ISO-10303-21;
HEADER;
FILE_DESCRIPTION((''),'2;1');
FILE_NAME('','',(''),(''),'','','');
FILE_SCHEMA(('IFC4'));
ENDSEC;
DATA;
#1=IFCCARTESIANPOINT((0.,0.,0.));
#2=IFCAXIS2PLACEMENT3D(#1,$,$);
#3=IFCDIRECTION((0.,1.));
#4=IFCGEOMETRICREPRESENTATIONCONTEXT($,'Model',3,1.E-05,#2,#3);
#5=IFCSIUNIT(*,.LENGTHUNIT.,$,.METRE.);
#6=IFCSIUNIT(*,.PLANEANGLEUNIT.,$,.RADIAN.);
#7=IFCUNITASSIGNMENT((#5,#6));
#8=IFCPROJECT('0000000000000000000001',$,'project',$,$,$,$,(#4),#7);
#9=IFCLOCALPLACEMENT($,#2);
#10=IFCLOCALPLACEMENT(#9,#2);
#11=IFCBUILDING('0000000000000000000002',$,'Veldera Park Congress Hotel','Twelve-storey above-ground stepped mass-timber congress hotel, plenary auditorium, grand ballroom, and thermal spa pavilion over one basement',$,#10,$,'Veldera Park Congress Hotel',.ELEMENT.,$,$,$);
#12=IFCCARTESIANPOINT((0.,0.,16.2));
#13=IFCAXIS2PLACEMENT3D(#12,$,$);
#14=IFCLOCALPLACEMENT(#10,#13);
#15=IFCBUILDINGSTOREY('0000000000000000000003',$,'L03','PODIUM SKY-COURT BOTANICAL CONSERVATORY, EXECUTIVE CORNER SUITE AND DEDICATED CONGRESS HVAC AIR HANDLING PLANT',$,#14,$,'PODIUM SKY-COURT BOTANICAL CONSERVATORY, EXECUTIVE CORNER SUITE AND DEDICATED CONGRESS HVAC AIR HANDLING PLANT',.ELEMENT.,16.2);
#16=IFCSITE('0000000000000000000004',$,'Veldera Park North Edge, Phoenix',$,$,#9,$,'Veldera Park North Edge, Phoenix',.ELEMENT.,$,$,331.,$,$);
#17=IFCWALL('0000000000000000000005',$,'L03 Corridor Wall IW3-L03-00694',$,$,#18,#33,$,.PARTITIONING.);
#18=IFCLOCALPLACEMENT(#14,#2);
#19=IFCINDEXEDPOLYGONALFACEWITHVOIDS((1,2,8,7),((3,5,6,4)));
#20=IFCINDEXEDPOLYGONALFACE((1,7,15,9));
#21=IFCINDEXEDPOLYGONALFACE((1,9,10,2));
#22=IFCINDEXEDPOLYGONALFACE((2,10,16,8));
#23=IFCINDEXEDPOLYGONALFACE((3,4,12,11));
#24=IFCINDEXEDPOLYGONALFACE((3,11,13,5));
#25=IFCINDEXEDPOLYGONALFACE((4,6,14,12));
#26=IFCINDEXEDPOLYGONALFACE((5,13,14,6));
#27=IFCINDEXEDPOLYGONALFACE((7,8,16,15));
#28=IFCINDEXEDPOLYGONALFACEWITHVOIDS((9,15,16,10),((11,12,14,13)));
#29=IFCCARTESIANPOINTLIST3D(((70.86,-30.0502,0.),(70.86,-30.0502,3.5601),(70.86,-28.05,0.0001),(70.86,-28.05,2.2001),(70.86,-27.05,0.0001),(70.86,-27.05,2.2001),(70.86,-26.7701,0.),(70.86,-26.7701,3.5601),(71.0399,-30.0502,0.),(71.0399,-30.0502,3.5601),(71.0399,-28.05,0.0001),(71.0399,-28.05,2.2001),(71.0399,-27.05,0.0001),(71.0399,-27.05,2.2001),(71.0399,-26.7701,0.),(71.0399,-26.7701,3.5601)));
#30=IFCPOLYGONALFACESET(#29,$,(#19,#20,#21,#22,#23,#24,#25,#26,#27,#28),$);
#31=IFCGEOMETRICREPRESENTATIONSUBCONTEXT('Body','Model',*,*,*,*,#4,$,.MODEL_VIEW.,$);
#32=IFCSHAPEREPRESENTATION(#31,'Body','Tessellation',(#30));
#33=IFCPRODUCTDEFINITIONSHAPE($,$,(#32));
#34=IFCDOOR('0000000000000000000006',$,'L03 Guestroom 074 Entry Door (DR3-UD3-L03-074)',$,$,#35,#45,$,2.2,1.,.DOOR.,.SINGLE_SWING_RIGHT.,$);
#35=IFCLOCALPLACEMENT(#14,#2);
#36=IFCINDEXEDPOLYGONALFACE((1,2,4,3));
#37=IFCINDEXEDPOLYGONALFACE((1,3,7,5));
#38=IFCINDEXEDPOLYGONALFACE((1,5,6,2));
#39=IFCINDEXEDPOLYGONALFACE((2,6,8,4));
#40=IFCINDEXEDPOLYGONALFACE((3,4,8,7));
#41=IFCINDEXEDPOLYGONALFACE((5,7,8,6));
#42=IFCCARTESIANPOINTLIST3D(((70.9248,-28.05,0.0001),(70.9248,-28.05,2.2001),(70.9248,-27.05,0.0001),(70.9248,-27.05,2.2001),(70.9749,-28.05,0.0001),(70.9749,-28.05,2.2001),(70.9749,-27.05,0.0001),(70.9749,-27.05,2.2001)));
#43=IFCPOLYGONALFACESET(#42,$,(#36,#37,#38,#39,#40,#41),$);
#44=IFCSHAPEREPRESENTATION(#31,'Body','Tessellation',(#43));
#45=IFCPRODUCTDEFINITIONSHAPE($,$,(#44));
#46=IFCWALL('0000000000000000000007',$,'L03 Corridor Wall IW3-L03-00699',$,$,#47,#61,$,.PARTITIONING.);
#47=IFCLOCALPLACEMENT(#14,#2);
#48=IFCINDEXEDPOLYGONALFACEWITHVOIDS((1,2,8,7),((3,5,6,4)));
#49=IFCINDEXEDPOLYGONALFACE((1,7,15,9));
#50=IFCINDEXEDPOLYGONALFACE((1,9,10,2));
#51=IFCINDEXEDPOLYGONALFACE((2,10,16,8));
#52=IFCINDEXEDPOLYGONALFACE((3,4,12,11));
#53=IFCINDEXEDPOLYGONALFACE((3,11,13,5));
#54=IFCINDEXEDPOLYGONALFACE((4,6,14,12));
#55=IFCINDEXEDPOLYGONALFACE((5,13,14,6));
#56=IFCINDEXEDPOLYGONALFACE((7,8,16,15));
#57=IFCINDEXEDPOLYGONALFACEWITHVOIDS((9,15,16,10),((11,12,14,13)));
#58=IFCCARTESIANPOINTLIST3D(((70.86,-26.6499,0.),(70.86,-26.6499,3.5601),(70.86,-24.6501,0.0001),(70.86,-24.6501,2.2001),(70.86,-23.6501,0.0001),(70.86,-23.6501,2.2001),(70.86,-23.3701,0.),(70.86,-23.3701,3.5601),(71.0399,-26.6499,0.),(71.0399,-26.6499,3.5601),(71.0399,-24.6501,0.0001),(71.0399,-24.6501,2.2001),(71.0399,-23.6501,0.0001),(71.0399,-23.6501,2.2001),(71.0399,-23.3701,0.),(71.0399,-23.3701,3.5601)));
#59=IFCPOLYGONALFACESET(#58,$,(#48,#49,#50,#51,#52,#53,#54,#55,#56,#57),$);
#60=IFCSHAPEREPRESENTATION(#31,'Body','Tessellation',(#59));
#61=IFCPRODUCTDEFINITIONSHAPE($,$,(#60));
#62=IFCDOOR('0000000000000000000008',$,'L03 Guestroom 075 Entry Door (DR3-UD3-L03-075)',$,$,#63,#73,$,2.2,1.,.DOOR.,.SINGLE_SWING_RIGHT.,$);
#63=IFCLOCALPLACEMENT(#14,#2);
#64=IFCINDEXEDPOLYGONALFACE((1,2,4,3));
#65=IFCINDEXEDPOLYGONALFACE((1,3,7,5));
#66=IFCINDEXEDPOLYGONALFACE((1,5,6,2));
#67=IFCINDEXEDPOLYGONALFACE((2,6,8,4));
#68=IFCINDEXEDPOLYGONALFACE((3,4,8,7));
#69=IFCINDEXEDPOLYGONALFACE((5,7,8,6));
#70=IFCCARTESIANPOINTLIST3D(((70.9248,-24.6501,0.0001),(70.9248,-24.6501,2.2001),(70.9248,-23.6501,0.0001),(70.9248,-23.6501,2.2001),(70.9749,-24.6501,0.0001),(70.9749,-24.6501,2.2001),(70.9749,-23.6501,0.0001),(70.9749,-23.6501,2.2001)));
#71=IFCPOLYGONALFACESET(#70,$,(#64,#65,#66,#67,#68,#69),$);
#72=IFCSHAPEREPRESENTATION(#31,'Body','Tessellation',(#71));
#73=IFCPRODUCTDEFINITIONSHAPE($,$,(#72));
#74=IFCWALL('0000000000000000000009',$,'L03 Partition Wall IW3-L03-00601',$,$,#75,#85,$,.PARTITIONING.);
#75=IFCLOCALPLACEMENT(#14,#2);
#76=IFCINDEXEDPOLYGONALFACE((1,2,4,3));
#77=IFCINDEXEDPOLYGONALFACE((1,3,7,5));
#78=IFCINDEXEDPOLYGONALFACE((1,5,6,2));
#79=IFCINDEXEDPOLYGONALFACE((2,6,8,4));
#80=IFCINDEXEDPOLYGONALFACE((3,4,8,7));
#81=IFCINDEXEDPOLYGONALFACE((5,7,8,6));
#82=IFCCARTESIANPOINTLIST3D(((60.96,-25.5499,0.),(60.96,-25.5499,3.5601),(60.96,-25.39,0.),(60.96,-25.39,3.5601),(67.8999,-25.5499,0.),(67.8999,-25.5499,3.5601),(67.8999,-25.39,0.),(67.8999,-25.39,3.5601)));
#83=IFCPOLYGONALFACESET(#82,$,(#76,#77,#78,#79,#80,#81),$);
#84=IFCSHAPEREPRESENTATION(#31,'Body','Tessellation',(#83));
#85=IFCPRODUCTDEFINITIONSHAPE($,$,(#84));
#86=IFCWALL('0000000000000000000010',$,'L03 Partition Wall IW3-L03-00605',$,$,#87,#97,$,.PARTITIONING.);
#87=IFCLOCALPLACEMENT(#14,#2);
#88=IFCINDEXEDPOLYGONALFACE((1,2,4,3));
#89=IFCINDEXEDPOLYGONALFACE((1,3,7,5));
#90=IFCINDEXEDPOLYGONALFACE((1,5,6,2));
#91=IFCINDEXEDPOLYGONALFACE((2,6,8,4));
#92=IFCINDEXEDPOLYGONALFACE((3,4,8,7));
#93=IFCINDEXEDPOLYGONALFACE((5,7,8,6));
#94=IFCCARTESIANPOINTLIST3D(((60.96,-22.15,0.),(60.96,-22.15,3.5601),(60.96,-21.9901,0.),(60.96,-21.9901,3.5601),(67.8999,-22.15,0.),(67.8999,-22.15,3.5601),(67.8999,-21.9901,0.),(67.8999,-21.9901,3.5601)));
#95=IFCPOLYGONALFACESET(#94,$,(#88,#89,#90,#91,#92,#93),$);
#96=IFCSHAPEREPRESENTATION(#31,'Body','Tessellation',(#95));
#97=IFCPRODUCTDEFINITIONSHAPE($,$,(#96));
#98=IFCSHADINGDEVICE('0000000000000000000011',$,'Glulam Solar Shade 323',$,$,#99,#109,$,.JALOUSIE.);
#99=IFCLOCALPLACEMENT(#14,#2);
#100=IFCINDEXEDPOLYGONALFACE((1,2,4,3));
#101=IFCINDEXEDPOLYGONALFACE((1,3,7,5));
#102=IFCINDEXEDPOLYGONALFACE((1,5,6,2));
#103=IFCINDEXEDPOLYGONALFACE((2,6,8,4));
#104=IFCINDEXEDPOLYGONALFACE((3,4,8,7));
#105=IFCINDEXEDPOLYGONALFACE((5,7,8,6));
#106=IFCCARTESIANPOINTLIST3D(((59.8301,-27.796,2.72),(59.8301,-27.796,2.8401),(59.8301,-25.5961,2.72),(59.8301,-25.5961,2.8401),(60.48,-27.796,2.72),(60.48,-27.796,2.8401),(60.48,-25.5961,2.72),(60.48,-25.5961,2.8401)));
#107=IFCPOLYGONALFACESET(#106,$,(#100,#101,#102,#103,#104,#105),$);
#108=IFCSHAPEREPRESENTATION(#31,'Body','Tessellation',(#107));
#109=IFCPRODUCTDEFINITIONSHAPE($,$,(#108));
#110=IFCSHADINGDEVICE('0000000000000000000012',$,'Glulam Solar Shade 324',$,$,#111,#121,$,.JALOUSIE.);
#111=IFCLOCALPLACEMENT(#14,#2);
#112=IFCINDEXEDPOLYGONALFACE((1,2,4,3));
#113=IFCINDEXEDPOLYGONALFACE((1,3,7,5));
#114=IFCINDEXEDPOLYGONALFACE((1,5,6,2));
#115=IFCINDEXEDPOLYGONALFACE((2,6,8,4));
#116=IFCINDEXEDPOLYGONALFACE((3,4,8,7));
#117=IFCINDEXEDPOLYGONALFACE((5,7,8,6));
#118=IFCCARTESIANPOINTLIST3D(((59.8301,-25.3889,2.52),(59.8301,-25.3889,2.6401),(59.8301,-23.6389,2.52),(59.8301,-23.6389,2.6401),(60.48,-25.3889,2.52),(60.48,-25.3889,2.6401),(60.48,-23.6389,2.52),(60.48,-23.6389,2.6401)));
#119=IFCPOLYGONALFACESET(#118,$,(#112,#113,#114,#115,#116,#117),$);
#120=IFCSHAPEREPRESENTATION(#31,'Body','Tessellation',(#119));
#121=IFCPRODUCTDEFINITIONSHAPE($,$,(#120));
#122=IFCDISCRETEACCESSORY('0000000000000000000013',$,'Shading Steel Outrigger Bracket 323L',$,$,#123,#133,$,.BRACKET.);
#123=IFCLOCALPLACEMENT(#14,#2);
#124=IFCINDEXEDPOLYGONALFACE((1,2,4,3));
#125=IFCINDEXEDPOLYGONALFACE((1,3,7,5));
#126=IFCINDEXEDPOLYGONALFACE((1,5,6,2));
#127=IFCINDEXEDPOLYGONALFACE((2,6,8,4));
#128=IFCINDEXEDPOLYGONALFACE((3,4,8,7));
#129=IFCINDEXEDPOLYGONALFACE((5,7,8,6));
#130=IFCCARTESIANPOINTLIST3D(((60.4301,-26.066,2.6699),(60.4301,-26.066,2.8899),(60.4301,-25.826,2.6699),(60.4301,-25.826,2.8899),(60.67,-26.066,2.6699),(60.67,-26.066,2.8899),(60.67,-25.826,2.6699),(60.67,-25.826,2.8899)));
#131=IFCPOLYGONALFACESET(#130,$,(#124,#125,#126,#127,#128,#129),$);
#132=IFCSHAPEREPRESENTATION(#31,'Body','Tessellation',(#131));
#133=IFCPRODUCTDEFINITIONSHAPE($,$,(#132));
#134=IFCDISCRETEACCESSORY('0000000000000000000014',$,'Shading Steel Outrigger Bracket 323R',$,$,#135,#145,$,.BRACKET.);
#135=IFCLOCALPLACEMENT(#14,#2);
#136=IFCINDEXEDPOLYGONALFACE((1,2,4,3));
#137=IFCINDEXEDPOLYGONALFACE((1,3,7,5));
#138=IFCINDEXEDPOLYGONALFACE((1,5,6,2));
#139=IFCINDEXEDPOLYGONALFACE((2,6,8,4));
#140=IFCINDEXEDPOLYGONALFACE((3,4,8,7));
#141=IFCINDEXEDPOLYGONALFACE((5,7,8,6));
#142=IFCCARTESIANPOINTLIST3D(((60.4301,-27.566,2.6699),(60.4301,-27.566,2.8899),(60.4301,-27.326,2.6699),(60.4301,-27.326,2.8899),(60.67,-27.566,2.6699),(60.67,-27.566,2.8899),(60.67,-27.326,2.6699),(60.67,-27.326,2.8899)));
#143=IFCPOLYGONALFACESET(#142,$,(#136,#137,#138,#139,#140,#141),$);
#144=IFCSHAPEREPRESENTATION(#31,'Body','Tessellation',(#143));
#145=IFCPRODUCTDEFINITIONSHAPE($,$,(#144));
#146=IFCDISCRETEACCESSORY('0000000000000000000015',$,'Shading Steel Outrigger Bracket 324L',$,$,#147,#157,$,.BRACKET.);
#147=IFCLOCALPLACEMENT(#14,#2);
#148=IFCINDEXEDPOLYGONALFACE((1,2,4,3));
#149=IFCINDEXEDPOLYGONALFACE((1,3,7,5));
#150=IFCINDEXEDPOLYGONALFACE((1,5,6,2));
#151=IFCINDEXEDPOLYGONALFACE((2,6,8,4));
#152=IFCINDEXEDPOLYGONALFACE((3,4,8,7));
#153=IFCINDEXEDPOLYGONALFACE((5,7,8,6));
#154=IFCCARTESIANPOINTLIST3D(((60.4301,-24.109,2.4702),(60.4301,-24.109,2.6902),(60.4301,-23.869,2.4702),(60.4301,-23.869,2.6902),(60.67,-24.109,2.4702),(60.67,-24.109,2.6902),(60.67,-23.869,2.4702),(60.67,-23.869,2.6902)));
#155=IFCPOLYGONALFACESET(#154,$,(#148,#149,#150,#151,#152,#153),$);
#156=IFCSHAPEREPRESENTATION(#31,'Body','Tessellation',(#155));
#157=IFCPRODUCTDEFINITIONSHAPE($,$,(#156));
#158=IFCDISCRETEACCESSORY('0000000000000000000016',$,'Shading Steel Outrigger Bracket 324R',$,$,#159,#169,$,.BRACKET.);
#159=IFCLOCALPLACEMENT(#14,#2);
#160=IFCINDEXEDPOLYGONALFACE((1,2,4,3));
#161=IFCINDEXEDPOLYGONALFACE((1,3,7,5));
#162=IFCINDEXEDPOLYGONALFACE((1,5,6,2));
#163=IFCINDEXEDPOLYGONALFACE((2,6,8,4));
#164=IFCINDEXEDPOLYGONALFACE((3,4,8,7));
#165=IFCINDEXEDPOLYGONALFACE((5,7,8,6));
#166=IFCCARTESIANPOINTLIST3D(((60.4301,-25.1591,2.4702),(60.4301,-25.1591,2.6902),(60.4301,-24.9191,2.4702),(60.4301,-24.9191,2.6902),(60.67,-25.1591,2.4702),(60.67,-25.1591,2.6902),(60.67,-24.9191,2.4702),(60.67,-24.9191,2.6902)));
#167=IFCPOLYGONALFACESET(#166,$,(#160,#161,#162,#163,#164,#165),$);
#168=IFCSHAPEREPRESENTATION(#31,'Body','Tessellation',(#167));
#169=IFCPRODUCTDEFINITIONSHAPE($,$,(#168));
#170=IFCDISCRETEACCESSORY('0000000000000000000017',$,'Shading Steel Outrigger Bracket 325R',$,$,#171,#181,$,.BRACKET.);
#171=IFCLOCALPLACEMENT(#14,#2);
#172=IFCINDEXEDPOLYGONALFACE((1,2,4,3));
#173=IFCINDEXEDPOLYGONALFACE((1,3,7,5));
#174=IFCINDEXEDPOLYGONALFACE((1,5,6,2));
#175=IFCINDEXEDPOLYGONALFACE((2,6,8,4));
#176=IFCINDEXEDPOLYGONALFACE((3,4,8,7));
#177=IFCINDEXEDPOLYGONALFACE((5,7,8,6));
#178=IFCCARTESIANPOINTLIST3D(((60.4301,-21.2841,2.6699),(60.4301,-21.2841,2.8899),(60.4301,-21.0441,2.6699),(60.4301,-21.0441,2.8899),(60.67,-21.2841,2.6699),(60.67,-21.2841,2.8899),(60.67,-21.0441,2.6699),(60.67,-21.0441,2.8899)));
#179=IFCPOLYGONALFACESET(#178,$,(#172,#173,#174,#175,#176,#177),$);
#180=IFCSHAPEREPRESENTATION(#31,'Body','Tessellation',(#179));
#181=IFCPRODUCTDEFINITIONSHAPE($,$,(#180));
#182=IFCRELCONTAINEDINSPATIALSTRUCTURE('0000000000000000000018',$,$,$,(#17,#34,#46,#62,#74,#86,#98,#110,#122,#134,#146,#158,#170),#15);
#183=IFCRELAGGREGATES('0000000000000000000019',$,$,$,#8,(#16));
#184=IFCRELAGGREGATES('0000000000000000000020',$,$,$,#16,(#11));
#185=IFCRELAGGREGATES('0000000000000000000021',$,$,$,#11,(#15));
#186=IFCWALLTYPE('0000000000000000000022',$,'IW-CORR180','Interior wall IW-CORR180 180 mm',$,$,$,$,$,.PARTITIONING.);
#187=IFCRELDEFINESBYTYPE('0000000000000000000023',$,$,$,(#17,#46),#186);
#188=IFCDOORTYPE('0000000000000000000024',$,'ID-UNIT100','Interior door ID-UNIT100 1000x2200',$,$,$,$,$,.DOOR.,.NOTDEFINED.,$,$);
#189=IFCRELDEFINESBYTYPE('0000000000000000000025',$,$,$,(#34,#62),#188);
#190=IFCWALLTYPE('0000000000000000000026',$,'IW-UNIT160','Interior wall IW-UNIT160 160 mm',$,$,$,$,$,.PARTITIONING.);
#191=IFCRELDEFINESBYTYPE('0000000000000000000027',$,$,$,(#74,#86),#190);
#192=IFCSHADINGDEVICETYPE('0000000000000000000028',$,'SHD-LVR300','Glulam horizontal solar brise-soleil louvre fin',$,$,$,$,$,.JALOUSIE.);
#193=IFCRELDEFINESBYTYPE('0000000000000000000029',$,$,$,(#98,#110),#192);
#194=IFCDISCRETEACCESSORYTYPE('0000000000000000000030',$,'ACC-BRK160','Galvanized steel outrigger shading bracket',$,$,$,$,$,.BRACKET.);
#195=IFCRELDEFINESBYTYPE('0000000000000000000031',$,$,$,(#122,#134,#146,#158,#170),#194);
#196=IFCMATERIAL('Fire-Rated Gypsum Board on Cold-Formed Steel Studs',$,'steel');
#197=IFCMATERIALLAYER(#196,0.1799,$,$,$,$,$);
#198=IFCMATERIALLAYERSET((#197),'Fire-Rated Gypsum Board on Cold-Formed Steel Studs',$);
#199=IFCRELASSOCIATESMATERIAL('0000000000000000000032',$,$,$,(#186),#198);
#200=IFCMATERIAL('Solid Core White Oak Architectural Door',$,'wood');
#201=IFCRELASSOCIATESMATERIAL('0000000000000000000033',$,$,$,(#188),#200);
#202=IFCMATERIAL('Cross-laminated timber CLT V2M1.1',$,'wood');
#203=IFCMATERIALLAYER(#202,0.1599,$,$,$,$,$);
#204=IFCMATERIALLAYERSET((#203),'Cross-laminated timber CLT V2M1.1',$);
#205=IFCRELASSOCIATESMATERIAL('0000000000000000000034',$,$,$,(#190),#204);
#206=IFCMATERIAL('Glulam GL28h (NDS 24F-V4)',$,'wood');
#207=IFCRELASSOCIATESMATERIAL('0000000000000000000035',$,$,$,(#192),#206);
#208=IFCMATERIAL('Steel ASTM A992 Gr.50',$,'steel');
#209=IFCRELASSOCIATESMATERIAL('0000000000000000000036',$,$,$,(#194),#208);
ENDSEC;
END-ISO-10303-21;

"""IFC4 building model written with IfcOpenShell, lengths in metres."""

from ifc_helpers import new_model, si_unit, direction, frame, frame_2d, origin, origin_2d, place, context, subcontext, project, spatial, rectangle, extrude, material, layer, layer_set, type_object, element, fill, save


model = new_model("IFC4")

# Units and contexts
model_context = context("Model", 3, precision=1e-05, world=origin(), true_north=direction((0.0, 1.0)))
body_context = subcontext(model_context, "Body", "Model", "MODEL_VIEW")
ifc_project = project(units=[si_unit("LENGTHUNIT", "METRE"), si_unit("PLANEANGLEUNIT", "RADIAN")], contexts=[model_context])

# Site, building, storey
site_placement = place(None, origin())
site = spatial("IfcSite", under=ifc_project, at=site_placement, Name="Veldera Park North Edge, Phoenix", LongName="Veldera Park North Edge, Phoenix", CompositionType="ELEMENT", RefElevation=331.0)
building_placement = place(site_placement, origin())
building = spatial("IfcBuilding", under=site, at=building_placement, Name="Veldera Park Congress Hotel", Description="Twelve-storey above-ground stepped mass-timber congress hotel, plenary auditorium, grand ballroom, and thermal spa pavilion over one basement", LongName="Veldera Park Congress Hotel", CompositionType="ELEMENT")
storey_placement = place(building_placement, frame((0.0, 0.0, 16.2)))
storey = spatial("IfcBuildingStorey", under=building, at=storey_placement, Name="L03", Description="PODIUM SKY-COURT BOTANICAL CONSERVATORY, EXECUTIVE CORNER SUITE AND DEDICATED CONGRESS HVAC AIR HANDLING PLANT", LongName="PODIUM SKY-COURT BOTANICAL CONSERVATORY, EXECUTIVE CORNER SUITE AND DEDICATED CONGRESS HVAC AIR HANDLING PLANT", CompositionType="ELEMENT", Elevation=16.2)

# Shared definitions
ifc_material_1 = material(Name="Glulam GL28h (NDS 24F-V4)", Category="wood")

# Shared definitions
ifc_material_2 = material(Name="Cross-laminated timber CLT V2M1.1", Category="wood")

# Shared definitions
ifc_material_3 = material(Name="Fire-Rated Gypsum Board on Cold-Formed Steel Studs", Category="steel")
ifc_material_4 = material(Name="Solid Core White Oak Architectural Door", Category="wood")

# Walls, openings, doors
ifc_layer_1 = layer(ifc_material_3, 0.1799)
ifc_layer_set_1 = layer_set([ifc_layer_1], Name="Fire-Rated Gypsum Board on Cold-Formed Steel Studs")
wall_type_1 = type_object("IfcWallType", Name="IW-CORR180", Description="Interior wall IW-CORR180 180 mm", PredefinedType="PARTITIONING", material=ifc_layer_set_1)
door_type_1 = type_object("IfcDoorType", Name="ID-UNIT100", Description="Interior door ID-UNIT100 1000x2200", OperationType="NOTDEFINED", PredefinedType="DOOR", material=ifc_material_4)
wall_1_placement = place(storey_placement, frame((70.95, -26.77, 0.0), z_axis=(0.0, 0.0, 1.0), x_axis=(0.0, -1.0, 0.0)))
wall_1 = element("IfcWall", 1, at=wall_1_placement, inside=storey, type_object=wall_type_1, Name="L03 Corridor Wall IW3-L03-00694", PredefinedType="PARTITIONING", context=body_context, shape_type="SweptSolid", body=[
    extrude(rectangle(XDim=3.28, YDim=0.1799, at=frame_2d((1.6401, 0.0))), origin(), (0.0, 0.0, 1.0), 3.5601),
])
opening_1_placement = place(wall_1_placement, frame((0.28, 0.0, 0.0)))
opening_1 = element("IfcOpeningElement", 2, at=opening_1_placement, cuts=wall_1, PredefinedType="OPENING", context=body_context, shape_type="SweptSolid", body=[
    extrude(rectangle(XDim=1.0, YDim=2.2, at=frame_2d((0.5, 1.1001))), frame((0.0, 0.1021, 0.0), z_axis=(0.0, -1.0, 0.0), x_axis=(1.0, 0.0, 0.0)), (0.0, 0.0, 1.0), 0.2039),
])
door_1_placement = place(opening_1_placement, origin())
door_1 = element("IfcDoor", 3, at=door_1_placement, inside=storey, type_object=door_type_1, Name="L03 Guestroom 074 Entry Door (DR3-UD3-L03-074)", OperationType="SINGLE_SWING_RIGHT", OverallHeight=2.2, OverallWidth=1.0, PredefinedType="DOOR", context=body_context, shape_type="SweptSolid", body=[
    extrude(rectangle(XDim=1.0, YDim=2.2, at=frame_2d((0.5, 1.1001))), frame((0.0, 0.0249, 0.0), z_axis=(0.0, -1.0, 0.0), x_axis=(1.0, 0.0, 0.0)), (0.0, 0.0, 1.0), 0.05),
])
fill(opening_1, door_1)
wall_2_placement = place(storey_placement, frame((70.95, -23.3701, 0.0), z_axis=(0.0, 0.0, 1.0), x_axis=(0.0, -1.0, 0.0)))
wall_2 = element("IfcWall", 4, at=wall_2_placement, inside=storey, type_object=wall_type_1, Name="L03 Corridor Wall IW3-L03-00699", PredefinedType="PARTITIONING", context=body_context, shape_type="SweptSolid", body=[
    extrude(rectangle(XDim=3.2798, YDim=0.1799, at=frame_2d((1.6399, 0.0))), origin(), (0.0, 0.0, 1.0), 3.5601),
])
opening_2_placement = place(wall_2_placement, frame((0.28, 0.0, 0.0)))
opening_2 = element("IfcOpeningElement", 5, at=opening_2_placement, cuts=wall_2, PredefinedType="OPENING", context=body_context, shape_type="SweptSolid", body=[
    extrude(rectangle(XDim=1.0, YDim=2.2, at=frame_2d((0.5, 1.1001))), frame((0.0, 0.1021, 0.0), z_axis=(0.0, -1.0, 0.0), x_axis=(1.0, 0.0, 0.0)), (0.0, 0.0, 1.0), 0.2039),
])
door_2_placement = place(opening_2_placement, origin())
door_2 = element("IfcDoor", 6, at=door_2_placement, inside=storey, type_object=door_type_1, Name="L03 Guestroom 075 Entry Door (DR3-UD3-L03-075)", OperationType="SINGLE_SWING_RIGHT", OverallHeight=2.2, OverallWidth=1.0, PredefinedType="DOOR", context=body_context, shape_type="SweptSolid", body=[
    extrude(rectangle(XDim=1.0, YDim=2.2, at=frame_2d((0.5, 1.1001))), frame((0.0, 0.0249, 0.0), z_axis=(0.0, -1.0, 0.0), x_axis=(1.0, 0.0, 0.0)), (0.0, 0.0, 1.0), 0.05),
])
fill(opening_2, door_2)

# Walls
ifc_layer_2 = layer(ifc_material_2, 0.1599)
ifc_layer_set_2 = layer_set([ifc_layer_2], Name="Cross-laminated timber CLT V2M1.1")
wall_type_2 = type_object("IfcWallType", Name="IW-UNIT160", Description="Interior wall IW-UNIT160 160 mm", PredefinedType="PARTITIONING", material=ifc_layer_set_2)
for number, where, z_axis, x_axis, name in (
    (7, (60.96, -25.47, 0.0), (0.0, 0.0, 1.0), (1.0, 0.0, 0.0), "L03 Partition Wall IW3-L03-00601"),
    (8, (60.96, -22.0701, 0.0), (0.0, 0.0, 1.0), (1.0, 0.0, 0.0), "L03 Partition Wall IW3-L03-00605"),
):
    element("IfcWall", number, at=place(storey_placement, frame(where, z_axis=z_axis, x_axis=x_axis)), inside=storey, type_object=wall_type_2, Name=name, PredefinedType="PARTITIONING", context=body_context, shape_type="SweptSolid", body=[
        extrude(rectangle(XDim=6.9399, YDim=0.1599, at=frame_2d((3.47, 0.0))), origin(), (0.0, 0.0, 1.0), 3.5601),
    ])

# Shading devices
shading_device_type = type_object("IfcShadingDeviceType", Name="SHD-LVR300", Description="Glulam horizontal solar brise-soleil louvre fin", PredefinedType="JALOUSIE", material=ifc_material_1)
shading_device_1_placement = place(storey_placement, frame((60.155, -26.696, 2.72), z_axis=(0.0, 0.0, 1.0), x_axis=(0.0, -1.0, 0.0)))
element("IfcShadingDevice", 9, at=shading_device_1_placement, inside=storey, type_object=shading_device_type, Name="Glulam Solar Shade 323", PredefinedType="JALOUSIE", context=body_context, shape_type="SweptSolid", body=[
    extrude(rectangle(XDim=2.2, YDim=0.6499, at=origin_2d()), origin(), (0.0, 0.0, 1.0), 0.1201),
])
shading_device_2_placement = place(storey_placement, frame((60.155, -24.5139, 2.52), z_axis=(0.0, 0.0, 1.0), x_axis=(0.0, -1.0, 0.0)))
element("IfcShadingDevice", 10, at=shading_device_2_placement, inside=storey, type_object=shading_device_type, Name="Glulam Solar Shade 324", PredefinedType="JALOUSIE", context=body_context, shape_type="SweptSolid", body=[
    extrude(rectangle(XDim=1.75, YDim=0.6499, at=origin_2d()), origin(), (0.0, 0.0, 1.0), 0.1201),
])

# Discrete accessories
ifc_material_5 = material(Name="Steel ASTM A992 Gr.50", Category="steel")
discrete_accessory_type = type_object("IfcDiscreteAccessoryType", Name="ACC-BRK160", Description="Galvanized steel outrigger shading bracket", PredefinedType="BRACKET", material=ifc_material_5)
for number, where, z_axis, x_axis, name in (
    (11, (60.55, -25.946, 2.6699), (0.0, 0.0, 1.0), (0.0, -1.0, 0.0), "Shading Steel Outrigger Bracket 323L"),
    (12, (60.55, -27.446, 2.6699), (0.0, 0.0, 1.0), (0.0, -1.0, 0.0), "Shading Steel Outrigger Bracket 323R"),
    (13, (60.55, -23.989, 2.4702), (0.0, 0.0, 1.0), (0.0, -1.0, 0.0), "Shading Steel Outrigger Bracket 324L"),
    (14, (60.55, -25.0391, 2.4702), (0.0, 0.0, 1.0), (0.0, -1.0, 0.0), "Shading Steel Outrigger Bracket 324R"),
    (15, (60.55, -21.1641, 2.6699), (0.0, 0.0, 1.0), (0.0, -1.0, 0.0), "Shading Steel Outrigger Bracket 325R"),
):
    element("IfcDiscreteAccessory", number, at=place(storey_placement, frame(where, z_axis=z_axis, x_axis=x_axis)), inside=storey, type_object=discrete_accessory_type, Name=name, PredefinedType="BRACKET", context=body_context, shape_type="SweptSolid", body=[
        extrude(rectangle(XDim=0.24, YDim=0.24, at=origin_2d()), origin(), (0.0, 0.0, 1.0), 0.22),
    ])

save(model, "model.ifc")
